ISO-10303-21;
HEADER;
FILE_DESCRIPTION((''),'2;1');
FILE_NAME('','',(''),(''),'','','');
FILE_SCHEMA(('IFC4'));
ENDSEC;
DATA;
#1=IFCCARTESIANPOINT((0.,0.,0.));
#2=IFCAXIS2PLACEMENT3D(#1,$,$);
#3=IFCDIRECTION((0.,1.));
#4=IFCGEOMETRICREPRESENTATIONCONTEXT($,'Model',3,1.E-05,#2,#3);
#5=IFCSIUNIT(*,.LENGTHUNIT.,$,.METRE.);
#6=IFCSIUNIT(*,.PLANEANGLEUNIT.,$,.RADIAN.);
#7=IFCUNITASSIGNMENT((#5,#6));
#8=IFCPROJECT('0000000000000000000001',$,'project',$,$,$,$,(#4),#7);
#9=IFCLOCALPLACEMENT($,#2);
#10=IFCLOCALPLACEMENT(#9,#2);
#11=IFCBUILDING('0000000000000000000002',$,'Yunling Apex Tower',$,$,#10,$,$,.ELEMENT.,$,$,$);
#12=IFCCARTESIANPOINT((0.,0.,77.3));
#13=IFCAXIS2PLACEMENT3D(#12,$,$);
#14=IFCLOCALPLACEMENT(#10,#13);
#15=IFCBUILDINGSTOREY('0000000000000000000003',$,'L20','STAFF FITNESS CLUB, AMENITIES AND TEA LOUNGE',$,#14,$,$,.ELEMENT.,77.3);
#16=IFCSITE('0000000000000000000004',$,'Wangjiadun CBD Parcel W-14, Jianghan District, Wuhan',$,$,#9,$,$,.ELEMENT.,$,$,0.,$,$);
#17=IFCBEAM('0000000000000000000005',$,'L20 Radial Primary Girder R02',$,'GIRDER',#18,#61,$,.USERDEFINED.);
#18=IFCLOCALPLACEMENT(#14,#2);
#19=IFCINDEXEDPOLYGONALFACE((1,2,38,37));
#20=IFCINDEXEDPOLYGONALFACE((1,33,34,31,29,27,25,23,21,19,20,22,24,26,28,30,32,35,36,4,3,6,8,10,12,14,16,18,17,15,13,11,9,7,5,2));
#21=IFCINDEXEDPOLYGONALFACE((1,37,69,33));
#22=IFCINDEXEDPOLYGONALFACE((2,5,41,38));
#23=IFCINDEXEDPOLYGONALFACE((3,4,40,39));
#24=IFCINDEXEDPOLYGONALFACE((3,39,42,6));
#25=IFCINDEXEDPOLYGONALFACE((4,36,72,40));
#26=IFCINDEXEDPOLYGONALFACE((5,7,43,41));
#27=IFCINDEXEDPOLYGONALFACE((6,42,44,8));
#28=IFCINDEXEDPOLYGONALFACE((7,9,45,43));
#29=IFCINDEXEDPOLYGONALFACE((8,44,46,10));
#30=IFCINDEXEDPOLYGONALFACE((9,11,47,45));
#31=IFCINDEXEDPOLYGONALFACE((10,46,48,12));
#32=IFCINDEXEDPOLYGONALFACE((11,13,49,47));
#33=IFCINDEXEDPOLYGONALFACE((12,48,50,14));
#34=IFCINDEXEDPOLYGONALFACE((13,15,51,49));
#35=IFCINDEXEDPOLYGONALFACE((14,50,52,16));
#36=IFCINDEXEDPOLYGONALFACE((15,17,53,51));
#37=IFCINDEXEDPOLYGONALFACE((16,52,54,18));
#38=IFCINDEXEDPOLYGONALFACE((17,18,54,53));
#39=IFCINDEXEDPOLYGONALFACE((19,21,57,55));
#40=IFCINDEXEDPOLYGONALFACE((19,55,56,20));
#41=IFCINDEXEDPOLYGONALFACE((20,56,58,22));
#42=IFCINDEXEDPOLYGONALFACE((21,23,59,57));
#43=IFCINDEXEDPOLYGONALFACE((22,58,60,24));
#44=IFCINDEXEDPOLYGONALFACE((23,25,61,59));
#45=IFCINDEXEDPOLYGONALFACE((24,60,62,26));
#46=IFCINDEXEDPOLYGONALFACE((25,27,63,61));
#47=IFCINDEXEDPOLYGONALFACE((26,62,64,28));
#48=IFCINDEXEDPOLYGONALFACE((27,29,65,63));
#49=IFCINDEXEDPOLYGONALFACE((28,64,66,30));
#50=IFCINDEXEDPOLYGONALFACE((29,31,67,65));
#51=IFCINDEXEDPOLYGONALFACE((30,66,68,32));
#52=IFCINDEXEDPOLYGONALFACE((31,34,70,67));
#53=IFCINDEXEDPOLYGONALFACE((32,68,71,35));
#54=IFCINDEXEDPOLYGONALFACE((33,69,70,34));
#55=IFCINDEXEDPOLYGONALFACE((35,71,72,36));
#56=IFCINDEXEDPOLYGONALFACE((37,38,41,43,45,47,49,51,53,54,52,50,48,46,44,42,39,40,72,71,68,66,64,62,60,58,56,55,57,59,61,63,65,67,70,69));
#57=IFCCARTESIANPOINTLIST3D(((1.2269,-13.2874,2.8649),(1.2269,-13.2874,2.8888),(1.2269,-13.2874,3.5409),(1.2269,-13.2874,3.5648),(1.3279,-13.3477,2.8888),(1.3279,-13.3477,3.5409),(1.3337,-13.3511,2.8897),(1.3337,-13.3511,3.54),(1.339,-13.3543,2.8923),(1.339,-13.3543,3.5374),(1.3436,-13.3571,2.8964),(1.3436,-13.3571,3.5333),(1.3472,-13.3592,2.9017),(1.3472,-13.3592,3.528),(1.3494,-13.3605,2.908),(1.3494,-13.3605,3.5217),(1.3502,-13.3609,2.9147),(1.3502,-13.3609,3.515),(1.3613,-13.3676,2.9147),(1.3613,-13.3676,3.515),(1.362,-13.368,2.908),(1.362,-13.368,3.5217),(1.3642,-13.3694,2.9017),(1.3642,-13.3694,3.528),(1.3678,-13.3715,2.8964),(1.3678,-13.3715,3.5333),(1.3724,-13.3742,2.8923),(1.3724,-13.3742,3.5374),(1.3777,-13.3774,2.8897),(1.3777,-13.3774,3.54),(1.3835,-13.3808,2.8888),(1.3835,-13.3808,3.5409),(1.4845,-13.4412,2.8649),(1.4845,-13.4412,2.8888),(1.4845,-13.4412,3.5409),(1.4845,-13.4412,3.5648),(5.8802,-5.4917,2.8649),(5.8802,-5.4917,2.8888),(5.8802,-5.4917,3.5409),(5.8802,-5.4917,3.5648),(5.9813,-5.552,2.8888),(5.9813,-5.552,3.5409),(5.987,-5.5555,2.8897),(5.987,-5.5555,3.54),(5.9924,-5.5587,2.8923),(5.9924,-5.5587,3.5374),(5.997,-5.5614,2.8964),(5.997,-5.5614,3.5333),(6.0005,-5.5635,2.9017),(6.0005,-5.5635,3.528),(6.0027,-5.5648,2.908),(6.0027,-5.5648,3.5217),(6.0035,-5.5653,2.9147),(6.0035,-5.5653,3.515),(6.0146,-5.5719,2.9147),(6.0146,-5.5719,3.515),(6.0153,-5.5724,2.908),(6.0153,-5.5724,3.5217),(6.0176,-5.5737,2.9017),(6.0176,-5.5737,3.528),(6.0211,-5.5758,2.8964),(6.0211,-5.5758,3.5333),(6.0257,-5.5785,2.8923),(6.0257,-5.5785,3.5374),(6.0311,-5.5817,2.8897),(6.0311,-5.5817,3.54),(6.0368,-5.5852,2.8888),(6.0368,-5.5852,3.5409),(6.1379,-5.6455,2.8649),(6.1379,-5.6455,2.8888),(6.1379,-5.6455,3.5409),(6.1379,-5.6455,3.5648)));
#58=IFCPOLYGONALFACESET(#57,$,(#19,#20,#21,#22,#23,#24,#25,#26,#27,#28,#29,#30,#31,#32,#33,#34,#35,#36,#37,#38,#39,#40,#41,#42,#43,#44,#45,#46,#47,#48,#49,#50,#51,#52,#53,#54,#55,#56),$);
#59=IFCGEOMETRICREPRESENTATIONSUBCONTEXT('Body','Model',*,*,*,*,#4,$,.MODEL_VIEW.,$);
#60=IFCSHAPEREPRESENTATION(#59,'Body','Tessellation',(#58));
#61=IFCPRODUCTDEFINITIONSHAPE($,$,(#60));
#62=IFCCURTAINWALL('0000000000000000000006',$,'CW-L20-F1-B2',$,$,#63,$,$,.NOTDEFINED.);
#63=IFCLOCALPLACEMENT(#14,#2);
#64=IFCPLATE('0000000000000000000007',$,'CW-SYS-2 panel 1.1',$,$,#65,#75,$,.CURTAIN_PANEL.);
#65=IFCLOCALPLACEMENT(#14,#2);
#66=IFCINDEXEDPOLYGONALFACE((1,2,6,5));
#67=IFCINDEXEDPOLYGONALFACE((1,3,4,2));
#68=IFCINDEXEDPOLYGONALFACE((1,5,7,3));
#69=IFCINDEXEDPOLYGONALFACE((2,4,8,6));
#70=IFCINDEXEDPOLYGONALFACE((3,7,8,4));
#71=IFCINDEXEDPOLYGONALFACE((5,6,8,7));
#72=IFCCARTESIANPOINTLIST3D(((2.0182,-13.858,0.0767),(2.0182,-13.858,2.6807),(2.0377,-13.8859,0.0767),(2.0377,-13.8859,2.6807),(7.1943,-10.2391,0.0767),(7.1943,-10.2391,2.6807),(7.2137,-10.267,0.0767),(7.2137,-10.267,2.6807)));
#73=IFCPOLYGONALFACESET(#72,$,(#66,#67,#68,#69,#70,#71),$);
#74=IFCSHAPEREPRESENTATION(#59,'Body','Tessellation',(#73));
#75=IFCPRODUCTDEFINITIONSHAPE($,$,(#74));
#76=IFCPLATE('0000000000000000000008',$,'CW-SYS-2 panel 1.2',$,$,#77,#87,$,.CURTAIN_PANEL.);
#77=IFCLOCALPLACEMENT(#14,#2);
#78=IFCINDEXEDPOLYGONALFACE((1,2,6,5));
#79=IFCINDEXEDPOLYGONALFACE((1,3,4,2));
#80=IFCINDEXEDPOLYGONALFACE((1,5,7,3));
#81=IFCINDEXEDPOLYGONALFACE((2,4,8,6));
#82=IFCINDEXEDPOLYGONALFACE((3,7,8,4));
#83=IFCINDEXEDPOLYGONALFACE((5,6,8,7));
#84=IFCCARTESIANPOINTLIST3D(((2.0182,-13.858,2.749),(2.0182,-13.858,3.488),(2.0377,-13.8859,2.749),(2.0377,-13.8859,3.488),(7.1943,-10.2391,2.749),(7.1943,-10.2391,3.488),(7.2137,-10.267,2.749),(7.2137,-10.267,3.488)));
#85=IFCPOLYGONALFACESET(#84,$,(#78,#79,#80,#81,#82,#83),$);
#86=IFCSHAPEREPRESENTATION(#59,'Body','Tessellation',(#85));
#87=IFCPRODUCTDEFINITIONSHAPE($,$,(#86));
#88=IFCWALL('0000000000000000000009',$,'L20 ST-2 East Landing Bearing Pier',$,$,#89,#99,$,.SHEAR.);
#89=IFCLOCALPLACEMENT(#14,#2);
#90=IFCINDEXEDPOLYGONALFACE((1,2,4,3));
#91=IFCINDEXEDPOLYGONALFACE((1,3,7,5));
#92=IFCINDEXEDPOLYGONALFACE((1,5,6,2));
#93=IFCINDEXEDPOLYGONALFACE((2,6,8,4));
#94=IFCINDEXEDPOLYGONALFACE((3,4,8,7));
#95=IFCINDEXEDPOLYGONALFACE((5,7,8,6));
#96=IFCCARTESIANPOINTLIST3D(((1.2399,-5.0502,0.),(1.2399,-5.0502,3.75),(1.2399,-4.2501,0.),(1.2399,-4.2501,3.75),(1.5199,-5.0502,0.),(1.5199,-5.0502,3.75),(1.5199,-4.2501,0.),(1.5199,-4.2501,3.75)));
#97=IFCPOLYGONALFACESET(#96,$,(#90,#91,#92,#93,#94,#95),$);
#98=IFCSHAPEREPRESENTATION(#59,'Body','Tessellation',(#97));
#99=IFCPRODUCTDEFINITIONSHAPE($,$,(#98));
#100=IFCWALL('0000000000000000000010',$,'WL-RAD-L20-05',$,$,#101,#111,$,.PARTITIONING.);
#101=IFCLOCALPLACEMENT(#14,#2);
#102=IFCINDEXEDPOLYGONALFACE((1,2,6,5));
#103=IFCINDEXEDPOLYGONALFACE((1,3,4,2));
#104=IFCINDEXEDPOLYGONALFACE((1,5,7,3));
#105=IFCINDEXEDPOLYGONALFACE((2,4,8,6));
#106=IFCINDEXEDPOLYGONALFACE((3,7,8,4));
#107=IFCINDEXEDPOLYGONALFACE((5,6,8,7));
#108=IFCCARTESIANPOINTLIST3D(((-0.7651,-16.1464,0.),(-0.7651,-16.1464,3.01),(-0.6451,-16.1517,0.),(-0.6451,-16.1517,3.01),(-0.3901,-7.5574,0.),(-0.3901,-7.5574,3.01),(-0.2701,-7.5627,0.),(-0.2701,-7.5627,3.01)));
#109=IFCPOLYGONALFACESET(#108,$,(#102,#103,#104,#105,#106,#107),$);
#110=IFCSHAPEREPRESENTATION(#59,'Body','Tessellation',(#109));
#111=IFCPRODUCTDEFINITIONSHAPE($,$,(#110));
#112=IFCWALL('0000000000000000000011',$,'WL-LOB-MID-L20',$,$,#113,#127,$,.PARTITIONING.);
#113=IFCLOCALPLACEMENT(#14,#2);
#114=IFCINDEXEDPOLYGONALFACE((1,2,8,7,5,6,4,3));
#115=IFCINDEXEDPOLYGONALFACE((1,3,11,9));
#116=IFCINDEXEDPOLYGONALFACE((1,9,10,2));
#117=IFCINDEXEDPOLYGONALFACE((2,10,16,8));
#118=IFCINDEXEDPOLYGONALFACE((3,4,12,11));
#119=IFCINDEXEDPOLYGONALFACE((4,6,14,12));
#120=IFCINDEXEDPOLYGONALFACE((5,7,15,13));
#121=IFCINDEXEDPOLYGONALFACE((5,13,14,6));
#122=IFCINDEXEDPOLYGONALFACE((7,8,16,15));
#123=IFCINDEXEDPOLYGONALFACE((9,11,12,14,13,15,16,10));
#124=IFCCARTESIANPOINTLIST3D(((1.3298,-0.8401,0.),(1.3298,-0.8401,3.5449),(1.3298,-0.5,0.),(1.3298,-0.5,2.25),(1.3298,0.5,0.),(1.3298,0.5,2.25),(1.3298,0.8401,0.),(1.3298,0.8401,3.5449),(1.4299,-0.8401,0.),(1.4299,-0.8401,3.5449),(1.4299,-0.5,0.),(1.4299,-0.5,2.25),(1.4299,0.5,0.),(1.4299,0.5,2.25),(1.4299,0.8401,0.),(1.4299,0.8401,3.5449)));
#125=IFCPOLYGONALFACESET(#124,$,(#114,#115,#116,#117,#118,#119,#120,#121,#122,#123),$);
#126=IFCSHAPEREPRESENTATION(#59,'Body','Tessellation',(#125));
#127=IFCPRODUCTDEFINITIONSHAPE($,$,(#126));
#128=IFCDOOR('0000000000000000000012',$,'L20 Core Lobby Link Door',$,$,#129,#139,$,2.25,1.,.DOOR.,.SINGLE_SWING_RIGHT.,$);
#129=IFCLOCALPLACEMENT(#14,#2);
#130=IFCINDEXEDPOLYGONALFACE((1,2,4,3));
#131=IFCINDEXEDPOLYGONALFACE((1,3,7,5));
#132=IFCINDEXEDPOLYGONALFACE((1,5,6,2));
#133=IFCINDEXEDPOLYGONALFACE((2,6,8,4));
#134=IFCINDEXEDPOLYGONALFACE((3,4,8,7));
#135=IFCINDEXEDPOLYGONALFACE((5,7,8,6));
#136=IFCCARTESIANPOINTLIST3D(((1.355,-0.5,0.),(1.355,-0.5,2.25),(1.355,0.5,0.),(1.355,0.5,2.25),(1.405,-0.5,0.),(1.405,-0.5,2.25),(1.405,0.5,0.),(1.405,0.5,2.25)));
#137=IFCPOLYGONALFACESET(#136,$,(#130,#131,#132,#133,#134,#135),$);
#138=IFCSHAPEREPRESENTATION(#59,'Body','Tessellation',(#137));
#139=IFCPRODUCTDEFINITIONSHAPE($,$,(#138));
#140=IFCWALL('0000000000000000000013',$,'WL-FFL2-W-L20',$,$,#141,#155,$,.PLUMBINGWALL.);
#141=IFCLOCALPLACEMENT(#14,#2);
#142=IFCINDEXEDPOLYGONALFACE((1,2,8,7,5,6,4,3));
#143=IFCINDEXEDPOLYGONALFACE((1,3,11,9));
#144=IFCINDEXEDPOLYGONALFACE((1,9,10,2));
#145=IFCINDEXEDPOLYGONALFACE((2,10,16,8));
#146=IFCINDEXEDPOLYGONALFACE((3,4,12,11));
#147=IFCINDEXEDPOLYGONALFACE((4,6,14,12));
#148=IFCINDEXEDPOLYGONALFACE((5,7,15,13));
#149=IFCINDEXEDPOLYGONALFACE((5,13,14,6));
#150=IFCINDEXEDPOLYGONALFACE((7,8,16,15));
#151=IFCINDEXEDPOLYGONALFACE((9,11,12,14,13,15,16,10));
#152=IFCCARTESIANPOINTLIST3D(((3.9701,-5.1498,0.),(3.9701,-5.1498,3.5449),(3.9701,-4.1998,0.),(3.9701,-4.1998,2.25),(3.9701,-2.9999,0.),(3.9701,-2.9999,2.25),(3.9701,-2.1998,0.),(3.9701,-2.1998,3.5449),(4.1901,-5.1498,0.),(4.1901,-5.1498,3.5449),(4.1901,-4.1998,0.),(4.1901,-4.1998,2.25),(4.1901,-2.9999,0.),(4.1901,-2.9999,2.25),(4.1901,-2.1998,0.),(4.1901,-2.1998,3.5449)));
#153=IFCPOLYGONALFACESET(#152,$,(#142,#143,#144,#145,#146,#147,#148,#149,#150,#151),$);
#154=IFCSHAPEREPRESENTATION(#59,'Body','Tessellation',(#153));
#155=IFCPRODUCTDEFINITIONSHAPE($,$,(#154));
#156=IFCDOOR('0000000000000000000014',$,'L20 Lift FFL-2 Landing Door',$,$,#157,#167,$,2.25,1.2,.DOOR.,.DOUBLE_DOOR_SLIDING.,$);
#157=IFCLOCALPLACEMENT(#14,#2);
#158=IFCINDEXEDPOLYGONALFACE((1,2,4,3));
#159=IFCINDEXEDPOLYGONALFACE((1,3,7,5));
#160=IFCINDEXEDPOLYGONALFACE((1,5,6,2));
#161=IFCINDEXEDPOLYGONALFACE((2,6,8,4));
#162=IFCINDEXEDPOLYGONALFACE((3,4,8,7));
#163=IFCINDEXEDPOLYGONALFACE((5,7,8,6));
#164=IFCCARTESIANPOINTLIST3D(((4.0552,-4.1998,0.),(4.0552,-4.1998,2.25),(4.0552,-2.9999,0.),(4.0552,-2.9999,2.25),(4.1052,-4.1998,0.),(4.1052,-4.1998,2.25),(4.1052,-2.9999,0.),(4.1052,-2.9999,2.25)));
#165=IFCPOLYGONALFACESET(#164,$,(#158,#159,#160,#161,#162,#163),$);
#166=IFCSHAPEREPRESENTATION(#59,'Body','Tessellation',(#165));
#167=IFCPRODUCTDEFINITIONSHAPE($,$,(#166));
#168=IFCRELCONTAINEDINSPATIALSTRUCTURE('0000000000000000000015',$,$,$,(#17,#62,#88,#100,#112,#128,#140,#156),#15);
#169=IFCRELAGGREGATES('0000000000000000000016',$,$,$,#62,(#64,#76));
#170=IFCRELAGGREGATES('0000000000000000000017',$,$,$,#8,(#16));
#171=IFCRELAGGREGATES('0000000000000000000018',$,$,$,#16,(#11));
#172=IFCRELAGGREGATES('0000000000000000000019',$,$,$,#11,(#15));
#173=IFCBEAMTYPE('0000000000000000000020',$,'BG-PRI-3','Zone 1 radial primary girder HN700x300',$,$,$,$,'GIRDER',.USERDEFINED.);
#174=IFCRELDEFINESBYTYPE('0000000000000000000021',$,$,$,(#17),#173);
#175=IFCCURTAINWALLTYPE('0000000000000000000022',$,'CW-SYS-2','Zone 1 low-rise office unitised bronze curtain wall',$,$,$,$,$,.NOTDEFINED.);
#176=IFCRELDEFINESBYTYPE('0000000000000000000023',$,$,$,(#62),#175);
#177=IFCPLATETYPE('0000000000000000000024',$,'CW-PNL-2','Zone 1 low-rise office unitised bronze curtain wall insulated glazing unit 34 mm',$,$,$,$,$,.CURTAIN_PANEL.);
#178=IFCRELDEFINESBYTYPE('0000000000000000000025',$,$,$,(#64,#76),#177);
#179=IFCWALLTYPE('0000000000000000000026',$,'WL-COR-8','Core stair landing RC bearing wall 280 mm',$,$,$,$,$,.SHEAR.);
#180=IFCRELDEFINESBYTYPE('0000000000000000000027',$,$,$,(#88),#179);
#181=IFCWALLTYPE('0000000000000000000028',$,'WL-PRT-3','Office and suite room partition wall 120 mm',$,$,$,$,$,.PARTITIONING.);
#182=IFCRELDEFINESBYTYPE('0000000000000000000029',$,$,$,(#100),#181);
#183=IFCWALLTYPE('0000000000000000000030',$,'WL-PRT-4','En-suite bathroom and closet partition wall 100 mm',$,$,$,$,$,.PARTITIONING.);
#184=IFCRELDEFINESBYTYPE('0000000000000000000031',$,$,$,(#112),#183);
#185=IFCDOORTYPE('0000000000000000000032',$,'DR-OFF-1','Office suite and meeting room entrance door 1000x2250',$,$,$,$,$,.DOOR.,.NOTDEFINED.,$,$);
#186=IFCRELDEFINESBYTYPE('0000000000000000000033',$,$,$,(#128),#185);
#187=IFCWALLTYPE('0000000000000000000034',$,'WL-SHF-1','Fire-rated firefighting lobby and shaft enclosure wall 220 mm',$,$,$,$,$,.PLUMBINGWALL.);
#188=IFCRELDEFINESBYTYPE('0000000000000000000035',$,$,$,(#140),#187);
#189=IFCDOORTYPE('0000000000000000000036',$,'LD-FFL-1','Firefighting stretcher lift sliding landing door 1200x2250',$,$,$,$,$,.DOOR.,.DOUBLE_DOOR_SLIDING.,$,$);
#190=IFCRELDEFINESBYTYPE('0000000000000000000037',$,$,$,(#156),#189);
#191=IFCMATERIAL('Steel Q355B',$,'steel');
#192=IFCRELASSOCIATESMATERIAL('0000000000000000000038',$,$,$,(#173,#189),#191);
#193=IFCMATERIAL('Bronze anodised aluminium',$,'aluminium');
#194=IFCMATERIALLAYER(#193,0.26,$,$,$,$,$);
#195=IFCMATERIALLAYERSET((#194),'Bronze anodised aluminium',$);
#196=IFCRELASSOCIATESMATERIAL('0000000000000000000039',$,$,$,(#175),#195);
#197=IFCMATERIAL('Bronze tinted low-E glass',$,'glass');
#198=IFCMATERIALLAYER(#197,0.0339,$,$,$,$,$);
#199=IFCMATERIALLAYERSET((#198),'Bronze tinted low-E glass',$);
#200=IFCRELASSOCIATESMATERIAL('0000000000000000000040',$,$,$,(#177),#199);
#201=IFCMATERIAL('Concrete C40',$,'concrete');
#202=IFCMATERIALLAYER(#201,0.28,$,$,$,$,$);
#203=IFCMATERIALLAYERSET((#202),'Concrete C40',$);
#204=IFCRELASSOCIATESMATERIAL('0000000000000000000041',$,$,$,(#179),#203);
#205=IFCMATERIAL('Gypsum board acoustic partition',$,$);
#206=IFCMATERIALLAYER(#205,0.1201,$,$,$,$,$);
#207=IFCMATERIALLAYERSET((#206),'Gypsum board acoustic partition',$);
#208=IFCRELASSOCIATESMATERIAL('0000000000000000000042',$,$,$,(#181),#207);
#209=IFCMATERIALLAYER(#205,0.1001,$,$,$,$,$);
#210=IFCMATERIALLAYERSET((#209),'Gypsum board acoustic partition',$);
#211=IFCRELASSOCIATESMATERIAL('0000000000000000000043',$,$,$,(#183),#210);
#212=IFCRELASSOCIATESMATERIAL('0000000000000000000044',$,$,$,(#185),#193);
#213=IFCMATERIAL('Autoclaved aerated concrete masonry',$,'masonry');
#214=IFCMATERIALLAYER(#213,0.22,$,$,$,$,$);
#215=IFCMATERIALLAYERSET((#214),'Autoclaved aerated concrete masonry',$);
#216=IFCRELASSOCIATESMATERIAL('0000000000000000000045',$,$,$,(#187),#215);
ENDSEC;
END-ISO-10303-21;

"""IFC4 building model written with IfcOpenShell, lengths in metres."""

from ifc_helpers import new_model, si_unit, direction, frame, frame_2d, origin, origin_2d, place, context, subcontext, project, spatial, rectangle, i_section, extrude, source, transform, mapped, material, layer, layer_set, material_profile, profile_set, type_object, element, fill, aggregate, save


model = new_model("IFC4")

# Units and contexts
model_context = context("Model", 3, precision=1e-05, world=origin(), true_north=direction((0.0, 1.0)))
body_context = subcontext(model_context, "Body", "Model", "MODEL_VIEW")
ifc_project = project(units=[si_unit("LENGTHUNIT", "METRE"), si_unit("PLANEANGLEUNIT", "RADIAN")], contexts=[model_context])

# Site, building, storey
site_placement = place(None, origin())
site = spatial("IfcSite", under=ifc_project, at=site_placement, Name="Wangjiadun CBD Parcel W-14, Jianghan District, Wuhan", CompositionType="ELEMENT", RefElevation=0.0)
building_placement = place(site_placement, origin())
building = spatial("IfcBuilding", under=site, at=building_placement, Name="Yunling Apex Tower", CompositionType="ELEMENT")
storey_placement = place(building_placement, frame((0.0, 0.0, 77.3)))
storey = spatial("IfcBuildingStorey", under=building, at=storey_placement, Name="L20", Description="STAFF FITNESS CLUB, AMENITIES AND TEA LOUNGE", CompositionType="ELEMENT", Elevation=77.3)

# Beam
ifc_material_1 = material(Name="Steel Q355B", Category="steel")
ifc_material_profile = material_profile(ifc_material_1, i_section(OverallWidth=0.3, OverallDepth=0.7, WebThickness=0.0129, FlangeThickness=0.0239, FilletRadius=0.0259, at=origin_2d()))
ifc_profile_set = profile_set([ifc_material_profile], Name="Steel Q355B")
beam_type = type_object("IfcBeamType", Name="BG-PRI-3", Description="Zone 1 radial primary girder HN700x300", ElementType="GIRDER", PredefinedType="USERDEFINED", material=ifc_profile_set)
shared_shape_1 = source(origin(), body_context, "Body", "SweptSolid", [
    extrude(i_section(OverallWidth=0.3, OverallDepth=0.7, WebThickness=0.0129, FlangeThickness=0.0239, FilletRadius=0.0259, at=origin_2d()), origin(), (0.0, 0.0, 1.0), 9.0789),
])
beam_placement = place(storey_placement, frame((1.3557, -13.3643, 3.2148), z_axis=(0.512545, 0.85866, 0.0), x_axis=(-0.85866, 0.512545, 0.0)))
element("IfcBeam", 1, at=beam_placement, inside=storey, type_object=beam_type, Name="L20 Radial Primary Girder R02", ObjectType="GIRDER", PredefinedType="USERDEFINED", context=body_context, shape_type="MappedRepresentation", body=[
    mapped(shared_shape_1, transform((0.0, 0.0, 0.0), scale=1.0)),
])

# Curtain wall, plates
ifc_material_2 = material(Name="Bronze anodised aluminium", Category="aluminium")
ifc_layer_1 = layer(ifc_material_2, 0.26)
ifc_layer_set_1 = layer_set([ifc_layer_1], Name="Bronze anodised aluminium")
curtain_wall_type = type_object("IfcCurtainWallType", Name="CW-SYS-2", Description="Zone 1 low-rise office unitised bronze curtain wall", PredefinedType="NOTDEFINED", material=ifc_layer_set_1)
curtain_wall_placement = place(storey_placement, origin())
curtain_wall = element("IfcCurtainWall", 2, at=curtain_wall_placement, inside=storey, type_object=curtain_wall_type, Name="CW-L20-F1-B2", PredefinedType="NOTDEFINED")
ifc_material_3 = material(Name="Bronze tinted low-E glass", Category="glass")
ifc_layer_2 = layer(ifc_material_3, 0.0339)
ifc_layer_set_2 = layer_set([ifc_layer_2], Name="Bronze tinted low-E glass")
plate_type = type_object("IfcPlateType", Name="CW-PNL-2", Description="Zone 1 low-rise office unitised bronze curtain wall insulated glazing unit 34 mm", PredefinedType="CURTAIN_PANEL", material=ifc_layer_set_2)
shared_shape_2 = source(origin(), body_context, "Body", "SweptSolid", [
    extrude(rectangle(XDim=6.3157, YDim=0.0339, at=origin_2d()), origin(), (0.0, 0.0, 1.0), 2.604),
])
plate_1_placement = place(storey_placement, frame((4.616, -12.0625, 0.0767), z_axis=(0.0, 0.0, 1.0), x_axis=(0.819553, 0.573003, 0.0)))
plate_1 = element("IfcPlate", 3, at=plate_1_placement, type_object=plate_type, Name="CW-SYS-2 panel 1.1", PredefinedType="CURTAIN_PANEL", context=body_context, shape_type="MappedRepresentation", body=[
    mapped(shared_shape_2, transform((0.0, 0.0, 0.0), scale=1.0)),
])
shared_shape_3 = source(origin(), body_context, "Body", "SweptSolid", [
    extrude(rectangle(XDim=6.3157, YDim=0.0339, at=origin_2d()), origin(), (0.0, 0.0, 1.0), 0.739),
])
plate_2_placement = place(storey_placement, frame((4.616, -12.0625, 2.749), z_axis=(0.0, 0.0, 1.0), x_axis=(0.819553, 0.573003, 0.0)))
plate_2 = element("IfcPlate", 4, at=plate_2_placement, type_object=plate_type, Name="CW-SYS-2 panel 1.2", PredefinedType="CURTAIN_PANEL", context=body_context, shape_type="MappedRepresentation", body=[
    mapped(shared_shape_3, transform((0.0, 0.0, 0.0), scale=1.0)),
])
aggregate(curtain_wall, [plate_1, plate_2])

# Walls
ifc_material_4 = material(Name="Concrete C40", Category="concrete")
ifc_layer_3 = layer(ifc_material_4, 0.28)
ifc_layer_set_3 = layer_set([ifc_layer_3], Name="Concrete C40")
wall_type_1 = type_object("IfcWallType", Name="WL-COR-8", Description="Core stair landing RC bearing wall 280 mm", PredefinedType="SHEAR", material=ifc_layer_set_3)
wall_1_placement = place(storey_placement, frame((1.3799, -5.05, 0.0), z_axis=(0.0, 0.0, 1.0), x_axis=(0.0, 1.0, 0.0)))
element("IfcWall", 5, at=wall_1_placement, inside=storey, type_object=wall_type_1, Name="L20 ST-2 East Landing Bearing Pier", PredefinedType="SHEAR", context=body_context, shape_type="SweptSolid", body=[
    extrude(rectangle(XDim=0.8, YDim=0.28, at=frame_2d((0.3999, 0.0))), origin(), (0.0, 0.0, 1.0), 3.75),
])
ifc_material_5 = material(Name="Gypsum board acoustic partition")
ifc_layer_4 = layer(ifc_material_5, 0.1201)
ifc_layer_set_4 = layer_set([ifc_layer_4], Name="Gypsum board acoustic partition")
wall_type_2 = type_object("IfcWallType", Name="WL-PRT-3", Description="Office and suite room partition wall 120 mm", PredefinedType="PARTITIONING", material=ifc_layer_set_4)
wall_2_placement = place(storey_placement, frame((-0.3301, -7.5601, 0.0), z_axis=(0.0, 0.0, 1.0), x_axis=(-0.04362, -0.999048, 0.0)))
element("IfcWall", 6, at=wall_2_placement, inside=storey, type_object=wall_type_2, Name="WL-RAD-L20-05", PredefinedType="PARTITIONING", context=body_context, shape_type="SweptSolid", body=[
    extrude(rectangle(XDim=8.5972, YDim=0.1201, at=frame_2d((4.2986, 0.0))), origin(), (0.0, 0.0, 1.0), 3.01),
])

# Walls, openings, doors
ifc_layer_5 = layer(ifc_material_5, 0.1001)
ifc_layer_set_5 = layer_set([ifc_layer_5], Name="Gypsum board acoustic partition")
wall_type_3 = type_object("IfcWallType", Name="WL-PRT-4", Description="En-suite bathroom and closet partition wall 100 mm", PredefinedType="PARTITIONING", material=ifc_layer_set_5)
wall_3_placement = place(storey_placement, frame((1.3799, -0.8401, 0.0), z_axis=(0.0, 0.0, 1.0), x_axis=(0.0, 1.0, 0.0)))
wall_3 = element("IfcWall", 7, at=wall_3_placement, inside=storey, type_object=wall_type_3, Name="WL-LOB-MID-L20", PredefinedType="PARTITIONING", context=body_context, shape_type="SweptSolid", body=[
    extrude(rectangle(XDim=1.6802, YDim=0.1001, at=frame_2d((0.8401, 0.0))), origin(), (0.0, 0.0, 1.0), 3.5449),
])
opening_1_placement = place(wall_3_placement, frame((0.3401, 0.0, 0.0)))
opening_1 = element("IfcOpeningElement", 8, at=opening_1_placement, cuts=wall_3, PredefinedType="OPENING", context=body_context, shape_type="SweptSolid", body=[
    extrude(rectangle(XDim=1.0, YDim=2.25, at=frame_2d((0.5, 1.125))), frame((0.0, 0.0601, 0.0), z_axis=(0.0, -1.0, 0.0), x_axis=(1.0, 0.0, 0.0)), (0.0, 0.0, 1.0), 0.1201),
])
door_type_1 = type_object("IfcDoorType", Name="DR-OFF-1", Description="Office suite and meeting room entrance door 1000x2250", OperationType="NOTDEFINED", PredefinedType="DOOR", material=ifc_material_2)
door_1_placement = place(opening_1_placement, origin())
door_1 = element("IfcDoor", 9, at=door_1_placement, inside=storey, type_object=door_type_1, Name="L20 Core Lobby Link Door", OperationType="SINGLE_SWING_RIGHT", OverallHeight=2.25, OverallWidth=1.0, PredefinedType="DOOR", context=body_context, shape_type="SweptSolid", body=[
    extrude(rectangle(XDim=1.0, YDim=2.25, at=frame_2d((0.5, 1.125))), frame((0.0, 0.0249, 0.0), z_axis=(0.0, -1.0, 0.0), x_axis=(1.0, 0.0, 0.0)), (0.0, 0.0, 1.0), 0.05),
])
fill(opening_1, door_1)
ifc_material_6 = material(Name="Autoclaved aerated concrete masonry", Category="masonry")
ifc_layer_6 = layer(ifc_material_6, 0.22)
ifc_layer_set_6 = layer_set([ifc_layer_6], Name="Autoclaved aerated concrete masonry")
wall_type_4 = type_object("IfcWallType", Name="WL-SHF-1", Description="Fire-rated firefighting lobby and shaft enclosure wall 220 mm", PredefinedType="PLUMBINGWALL", material=ifc_layer_set_6)
wall_4_placement = place(storey_placement, frame((4.0801, -5.1499, 0.0), z_axis=(0.0, 0.0, 1.0), x_axis=(0.0, 1.0, 0.0)))
wall_4 = element("IfcWall", 10, at=wall_4_placement, inside=storey, type_object=wall_type_4, Name="WL-FFL2-W-L20", PredefinedType="PLUMBINGWALL", context=body_context, shape_type="SweptSolid", body=[
    extrude(rectangle(XDim=2.95, YDim=0.22, at=frame_2d((1.4751, 0.0))), origin(), (0.0, 0.0, 1.0), 3.5449),
])
opening_2_placement = place(wall_4_placement, frame((0.95, 0.0, 0.0)))
opening_2 = element("IfcOpeningElement", 11, at=opening_2_placement, cuts=wall_4, PredefinedType="OPENING", context=body_context, shape_type="SweptSolid", body=[
    extrude(rectangle(XDim=1.2, YDim=2.25, at=frame_2d((0.6001, 1.125))), frame((0.0, 0.1201, 0.0), z_axis=(0.0, -1.0, 0.0), x_axis=(1.0, 0.0, 0.0)), (0.0, 0.0, 1.0), 0.24),
])
door_type_2 = type_object("IfcDoorType", Name="LD-FFL-1", Description="Firefighting stretcher lift sliding landing door 1200x2250", OperationType="DOUBLE_DOOR_SLIDING", PredefinedType="DOOR", material=ifc_material_1)
door_2_placement = place(opening_2_placement, origin())
door_2 = element("IfcDoor", 12, at=door_2_placement, inside=storey, type_object=door_type_2, Name="L20 Lift FFL-2 Landing Door", OperationType="DOUBLE_DOOR_SLIDING", OverallHeight=2.25, OverallWidth=1.2, PredefinedType="DOOR", context=body_context, shape_type="SweptSolid", body=[
    extrude(rectangle(XDim=1.2, YDim=2.25, at=frame_2d((0.6001, 1.125))), frame((0.0, 0.0249, 0.0), z_axis=(0.0, -1.0, 0.0), x_axis=(1.0, 0.0, 0.0)), (0.0, 0.0, 1.0), 0.05),
])
fill(opening_2, door_2)

save(model, "model.ifc")
